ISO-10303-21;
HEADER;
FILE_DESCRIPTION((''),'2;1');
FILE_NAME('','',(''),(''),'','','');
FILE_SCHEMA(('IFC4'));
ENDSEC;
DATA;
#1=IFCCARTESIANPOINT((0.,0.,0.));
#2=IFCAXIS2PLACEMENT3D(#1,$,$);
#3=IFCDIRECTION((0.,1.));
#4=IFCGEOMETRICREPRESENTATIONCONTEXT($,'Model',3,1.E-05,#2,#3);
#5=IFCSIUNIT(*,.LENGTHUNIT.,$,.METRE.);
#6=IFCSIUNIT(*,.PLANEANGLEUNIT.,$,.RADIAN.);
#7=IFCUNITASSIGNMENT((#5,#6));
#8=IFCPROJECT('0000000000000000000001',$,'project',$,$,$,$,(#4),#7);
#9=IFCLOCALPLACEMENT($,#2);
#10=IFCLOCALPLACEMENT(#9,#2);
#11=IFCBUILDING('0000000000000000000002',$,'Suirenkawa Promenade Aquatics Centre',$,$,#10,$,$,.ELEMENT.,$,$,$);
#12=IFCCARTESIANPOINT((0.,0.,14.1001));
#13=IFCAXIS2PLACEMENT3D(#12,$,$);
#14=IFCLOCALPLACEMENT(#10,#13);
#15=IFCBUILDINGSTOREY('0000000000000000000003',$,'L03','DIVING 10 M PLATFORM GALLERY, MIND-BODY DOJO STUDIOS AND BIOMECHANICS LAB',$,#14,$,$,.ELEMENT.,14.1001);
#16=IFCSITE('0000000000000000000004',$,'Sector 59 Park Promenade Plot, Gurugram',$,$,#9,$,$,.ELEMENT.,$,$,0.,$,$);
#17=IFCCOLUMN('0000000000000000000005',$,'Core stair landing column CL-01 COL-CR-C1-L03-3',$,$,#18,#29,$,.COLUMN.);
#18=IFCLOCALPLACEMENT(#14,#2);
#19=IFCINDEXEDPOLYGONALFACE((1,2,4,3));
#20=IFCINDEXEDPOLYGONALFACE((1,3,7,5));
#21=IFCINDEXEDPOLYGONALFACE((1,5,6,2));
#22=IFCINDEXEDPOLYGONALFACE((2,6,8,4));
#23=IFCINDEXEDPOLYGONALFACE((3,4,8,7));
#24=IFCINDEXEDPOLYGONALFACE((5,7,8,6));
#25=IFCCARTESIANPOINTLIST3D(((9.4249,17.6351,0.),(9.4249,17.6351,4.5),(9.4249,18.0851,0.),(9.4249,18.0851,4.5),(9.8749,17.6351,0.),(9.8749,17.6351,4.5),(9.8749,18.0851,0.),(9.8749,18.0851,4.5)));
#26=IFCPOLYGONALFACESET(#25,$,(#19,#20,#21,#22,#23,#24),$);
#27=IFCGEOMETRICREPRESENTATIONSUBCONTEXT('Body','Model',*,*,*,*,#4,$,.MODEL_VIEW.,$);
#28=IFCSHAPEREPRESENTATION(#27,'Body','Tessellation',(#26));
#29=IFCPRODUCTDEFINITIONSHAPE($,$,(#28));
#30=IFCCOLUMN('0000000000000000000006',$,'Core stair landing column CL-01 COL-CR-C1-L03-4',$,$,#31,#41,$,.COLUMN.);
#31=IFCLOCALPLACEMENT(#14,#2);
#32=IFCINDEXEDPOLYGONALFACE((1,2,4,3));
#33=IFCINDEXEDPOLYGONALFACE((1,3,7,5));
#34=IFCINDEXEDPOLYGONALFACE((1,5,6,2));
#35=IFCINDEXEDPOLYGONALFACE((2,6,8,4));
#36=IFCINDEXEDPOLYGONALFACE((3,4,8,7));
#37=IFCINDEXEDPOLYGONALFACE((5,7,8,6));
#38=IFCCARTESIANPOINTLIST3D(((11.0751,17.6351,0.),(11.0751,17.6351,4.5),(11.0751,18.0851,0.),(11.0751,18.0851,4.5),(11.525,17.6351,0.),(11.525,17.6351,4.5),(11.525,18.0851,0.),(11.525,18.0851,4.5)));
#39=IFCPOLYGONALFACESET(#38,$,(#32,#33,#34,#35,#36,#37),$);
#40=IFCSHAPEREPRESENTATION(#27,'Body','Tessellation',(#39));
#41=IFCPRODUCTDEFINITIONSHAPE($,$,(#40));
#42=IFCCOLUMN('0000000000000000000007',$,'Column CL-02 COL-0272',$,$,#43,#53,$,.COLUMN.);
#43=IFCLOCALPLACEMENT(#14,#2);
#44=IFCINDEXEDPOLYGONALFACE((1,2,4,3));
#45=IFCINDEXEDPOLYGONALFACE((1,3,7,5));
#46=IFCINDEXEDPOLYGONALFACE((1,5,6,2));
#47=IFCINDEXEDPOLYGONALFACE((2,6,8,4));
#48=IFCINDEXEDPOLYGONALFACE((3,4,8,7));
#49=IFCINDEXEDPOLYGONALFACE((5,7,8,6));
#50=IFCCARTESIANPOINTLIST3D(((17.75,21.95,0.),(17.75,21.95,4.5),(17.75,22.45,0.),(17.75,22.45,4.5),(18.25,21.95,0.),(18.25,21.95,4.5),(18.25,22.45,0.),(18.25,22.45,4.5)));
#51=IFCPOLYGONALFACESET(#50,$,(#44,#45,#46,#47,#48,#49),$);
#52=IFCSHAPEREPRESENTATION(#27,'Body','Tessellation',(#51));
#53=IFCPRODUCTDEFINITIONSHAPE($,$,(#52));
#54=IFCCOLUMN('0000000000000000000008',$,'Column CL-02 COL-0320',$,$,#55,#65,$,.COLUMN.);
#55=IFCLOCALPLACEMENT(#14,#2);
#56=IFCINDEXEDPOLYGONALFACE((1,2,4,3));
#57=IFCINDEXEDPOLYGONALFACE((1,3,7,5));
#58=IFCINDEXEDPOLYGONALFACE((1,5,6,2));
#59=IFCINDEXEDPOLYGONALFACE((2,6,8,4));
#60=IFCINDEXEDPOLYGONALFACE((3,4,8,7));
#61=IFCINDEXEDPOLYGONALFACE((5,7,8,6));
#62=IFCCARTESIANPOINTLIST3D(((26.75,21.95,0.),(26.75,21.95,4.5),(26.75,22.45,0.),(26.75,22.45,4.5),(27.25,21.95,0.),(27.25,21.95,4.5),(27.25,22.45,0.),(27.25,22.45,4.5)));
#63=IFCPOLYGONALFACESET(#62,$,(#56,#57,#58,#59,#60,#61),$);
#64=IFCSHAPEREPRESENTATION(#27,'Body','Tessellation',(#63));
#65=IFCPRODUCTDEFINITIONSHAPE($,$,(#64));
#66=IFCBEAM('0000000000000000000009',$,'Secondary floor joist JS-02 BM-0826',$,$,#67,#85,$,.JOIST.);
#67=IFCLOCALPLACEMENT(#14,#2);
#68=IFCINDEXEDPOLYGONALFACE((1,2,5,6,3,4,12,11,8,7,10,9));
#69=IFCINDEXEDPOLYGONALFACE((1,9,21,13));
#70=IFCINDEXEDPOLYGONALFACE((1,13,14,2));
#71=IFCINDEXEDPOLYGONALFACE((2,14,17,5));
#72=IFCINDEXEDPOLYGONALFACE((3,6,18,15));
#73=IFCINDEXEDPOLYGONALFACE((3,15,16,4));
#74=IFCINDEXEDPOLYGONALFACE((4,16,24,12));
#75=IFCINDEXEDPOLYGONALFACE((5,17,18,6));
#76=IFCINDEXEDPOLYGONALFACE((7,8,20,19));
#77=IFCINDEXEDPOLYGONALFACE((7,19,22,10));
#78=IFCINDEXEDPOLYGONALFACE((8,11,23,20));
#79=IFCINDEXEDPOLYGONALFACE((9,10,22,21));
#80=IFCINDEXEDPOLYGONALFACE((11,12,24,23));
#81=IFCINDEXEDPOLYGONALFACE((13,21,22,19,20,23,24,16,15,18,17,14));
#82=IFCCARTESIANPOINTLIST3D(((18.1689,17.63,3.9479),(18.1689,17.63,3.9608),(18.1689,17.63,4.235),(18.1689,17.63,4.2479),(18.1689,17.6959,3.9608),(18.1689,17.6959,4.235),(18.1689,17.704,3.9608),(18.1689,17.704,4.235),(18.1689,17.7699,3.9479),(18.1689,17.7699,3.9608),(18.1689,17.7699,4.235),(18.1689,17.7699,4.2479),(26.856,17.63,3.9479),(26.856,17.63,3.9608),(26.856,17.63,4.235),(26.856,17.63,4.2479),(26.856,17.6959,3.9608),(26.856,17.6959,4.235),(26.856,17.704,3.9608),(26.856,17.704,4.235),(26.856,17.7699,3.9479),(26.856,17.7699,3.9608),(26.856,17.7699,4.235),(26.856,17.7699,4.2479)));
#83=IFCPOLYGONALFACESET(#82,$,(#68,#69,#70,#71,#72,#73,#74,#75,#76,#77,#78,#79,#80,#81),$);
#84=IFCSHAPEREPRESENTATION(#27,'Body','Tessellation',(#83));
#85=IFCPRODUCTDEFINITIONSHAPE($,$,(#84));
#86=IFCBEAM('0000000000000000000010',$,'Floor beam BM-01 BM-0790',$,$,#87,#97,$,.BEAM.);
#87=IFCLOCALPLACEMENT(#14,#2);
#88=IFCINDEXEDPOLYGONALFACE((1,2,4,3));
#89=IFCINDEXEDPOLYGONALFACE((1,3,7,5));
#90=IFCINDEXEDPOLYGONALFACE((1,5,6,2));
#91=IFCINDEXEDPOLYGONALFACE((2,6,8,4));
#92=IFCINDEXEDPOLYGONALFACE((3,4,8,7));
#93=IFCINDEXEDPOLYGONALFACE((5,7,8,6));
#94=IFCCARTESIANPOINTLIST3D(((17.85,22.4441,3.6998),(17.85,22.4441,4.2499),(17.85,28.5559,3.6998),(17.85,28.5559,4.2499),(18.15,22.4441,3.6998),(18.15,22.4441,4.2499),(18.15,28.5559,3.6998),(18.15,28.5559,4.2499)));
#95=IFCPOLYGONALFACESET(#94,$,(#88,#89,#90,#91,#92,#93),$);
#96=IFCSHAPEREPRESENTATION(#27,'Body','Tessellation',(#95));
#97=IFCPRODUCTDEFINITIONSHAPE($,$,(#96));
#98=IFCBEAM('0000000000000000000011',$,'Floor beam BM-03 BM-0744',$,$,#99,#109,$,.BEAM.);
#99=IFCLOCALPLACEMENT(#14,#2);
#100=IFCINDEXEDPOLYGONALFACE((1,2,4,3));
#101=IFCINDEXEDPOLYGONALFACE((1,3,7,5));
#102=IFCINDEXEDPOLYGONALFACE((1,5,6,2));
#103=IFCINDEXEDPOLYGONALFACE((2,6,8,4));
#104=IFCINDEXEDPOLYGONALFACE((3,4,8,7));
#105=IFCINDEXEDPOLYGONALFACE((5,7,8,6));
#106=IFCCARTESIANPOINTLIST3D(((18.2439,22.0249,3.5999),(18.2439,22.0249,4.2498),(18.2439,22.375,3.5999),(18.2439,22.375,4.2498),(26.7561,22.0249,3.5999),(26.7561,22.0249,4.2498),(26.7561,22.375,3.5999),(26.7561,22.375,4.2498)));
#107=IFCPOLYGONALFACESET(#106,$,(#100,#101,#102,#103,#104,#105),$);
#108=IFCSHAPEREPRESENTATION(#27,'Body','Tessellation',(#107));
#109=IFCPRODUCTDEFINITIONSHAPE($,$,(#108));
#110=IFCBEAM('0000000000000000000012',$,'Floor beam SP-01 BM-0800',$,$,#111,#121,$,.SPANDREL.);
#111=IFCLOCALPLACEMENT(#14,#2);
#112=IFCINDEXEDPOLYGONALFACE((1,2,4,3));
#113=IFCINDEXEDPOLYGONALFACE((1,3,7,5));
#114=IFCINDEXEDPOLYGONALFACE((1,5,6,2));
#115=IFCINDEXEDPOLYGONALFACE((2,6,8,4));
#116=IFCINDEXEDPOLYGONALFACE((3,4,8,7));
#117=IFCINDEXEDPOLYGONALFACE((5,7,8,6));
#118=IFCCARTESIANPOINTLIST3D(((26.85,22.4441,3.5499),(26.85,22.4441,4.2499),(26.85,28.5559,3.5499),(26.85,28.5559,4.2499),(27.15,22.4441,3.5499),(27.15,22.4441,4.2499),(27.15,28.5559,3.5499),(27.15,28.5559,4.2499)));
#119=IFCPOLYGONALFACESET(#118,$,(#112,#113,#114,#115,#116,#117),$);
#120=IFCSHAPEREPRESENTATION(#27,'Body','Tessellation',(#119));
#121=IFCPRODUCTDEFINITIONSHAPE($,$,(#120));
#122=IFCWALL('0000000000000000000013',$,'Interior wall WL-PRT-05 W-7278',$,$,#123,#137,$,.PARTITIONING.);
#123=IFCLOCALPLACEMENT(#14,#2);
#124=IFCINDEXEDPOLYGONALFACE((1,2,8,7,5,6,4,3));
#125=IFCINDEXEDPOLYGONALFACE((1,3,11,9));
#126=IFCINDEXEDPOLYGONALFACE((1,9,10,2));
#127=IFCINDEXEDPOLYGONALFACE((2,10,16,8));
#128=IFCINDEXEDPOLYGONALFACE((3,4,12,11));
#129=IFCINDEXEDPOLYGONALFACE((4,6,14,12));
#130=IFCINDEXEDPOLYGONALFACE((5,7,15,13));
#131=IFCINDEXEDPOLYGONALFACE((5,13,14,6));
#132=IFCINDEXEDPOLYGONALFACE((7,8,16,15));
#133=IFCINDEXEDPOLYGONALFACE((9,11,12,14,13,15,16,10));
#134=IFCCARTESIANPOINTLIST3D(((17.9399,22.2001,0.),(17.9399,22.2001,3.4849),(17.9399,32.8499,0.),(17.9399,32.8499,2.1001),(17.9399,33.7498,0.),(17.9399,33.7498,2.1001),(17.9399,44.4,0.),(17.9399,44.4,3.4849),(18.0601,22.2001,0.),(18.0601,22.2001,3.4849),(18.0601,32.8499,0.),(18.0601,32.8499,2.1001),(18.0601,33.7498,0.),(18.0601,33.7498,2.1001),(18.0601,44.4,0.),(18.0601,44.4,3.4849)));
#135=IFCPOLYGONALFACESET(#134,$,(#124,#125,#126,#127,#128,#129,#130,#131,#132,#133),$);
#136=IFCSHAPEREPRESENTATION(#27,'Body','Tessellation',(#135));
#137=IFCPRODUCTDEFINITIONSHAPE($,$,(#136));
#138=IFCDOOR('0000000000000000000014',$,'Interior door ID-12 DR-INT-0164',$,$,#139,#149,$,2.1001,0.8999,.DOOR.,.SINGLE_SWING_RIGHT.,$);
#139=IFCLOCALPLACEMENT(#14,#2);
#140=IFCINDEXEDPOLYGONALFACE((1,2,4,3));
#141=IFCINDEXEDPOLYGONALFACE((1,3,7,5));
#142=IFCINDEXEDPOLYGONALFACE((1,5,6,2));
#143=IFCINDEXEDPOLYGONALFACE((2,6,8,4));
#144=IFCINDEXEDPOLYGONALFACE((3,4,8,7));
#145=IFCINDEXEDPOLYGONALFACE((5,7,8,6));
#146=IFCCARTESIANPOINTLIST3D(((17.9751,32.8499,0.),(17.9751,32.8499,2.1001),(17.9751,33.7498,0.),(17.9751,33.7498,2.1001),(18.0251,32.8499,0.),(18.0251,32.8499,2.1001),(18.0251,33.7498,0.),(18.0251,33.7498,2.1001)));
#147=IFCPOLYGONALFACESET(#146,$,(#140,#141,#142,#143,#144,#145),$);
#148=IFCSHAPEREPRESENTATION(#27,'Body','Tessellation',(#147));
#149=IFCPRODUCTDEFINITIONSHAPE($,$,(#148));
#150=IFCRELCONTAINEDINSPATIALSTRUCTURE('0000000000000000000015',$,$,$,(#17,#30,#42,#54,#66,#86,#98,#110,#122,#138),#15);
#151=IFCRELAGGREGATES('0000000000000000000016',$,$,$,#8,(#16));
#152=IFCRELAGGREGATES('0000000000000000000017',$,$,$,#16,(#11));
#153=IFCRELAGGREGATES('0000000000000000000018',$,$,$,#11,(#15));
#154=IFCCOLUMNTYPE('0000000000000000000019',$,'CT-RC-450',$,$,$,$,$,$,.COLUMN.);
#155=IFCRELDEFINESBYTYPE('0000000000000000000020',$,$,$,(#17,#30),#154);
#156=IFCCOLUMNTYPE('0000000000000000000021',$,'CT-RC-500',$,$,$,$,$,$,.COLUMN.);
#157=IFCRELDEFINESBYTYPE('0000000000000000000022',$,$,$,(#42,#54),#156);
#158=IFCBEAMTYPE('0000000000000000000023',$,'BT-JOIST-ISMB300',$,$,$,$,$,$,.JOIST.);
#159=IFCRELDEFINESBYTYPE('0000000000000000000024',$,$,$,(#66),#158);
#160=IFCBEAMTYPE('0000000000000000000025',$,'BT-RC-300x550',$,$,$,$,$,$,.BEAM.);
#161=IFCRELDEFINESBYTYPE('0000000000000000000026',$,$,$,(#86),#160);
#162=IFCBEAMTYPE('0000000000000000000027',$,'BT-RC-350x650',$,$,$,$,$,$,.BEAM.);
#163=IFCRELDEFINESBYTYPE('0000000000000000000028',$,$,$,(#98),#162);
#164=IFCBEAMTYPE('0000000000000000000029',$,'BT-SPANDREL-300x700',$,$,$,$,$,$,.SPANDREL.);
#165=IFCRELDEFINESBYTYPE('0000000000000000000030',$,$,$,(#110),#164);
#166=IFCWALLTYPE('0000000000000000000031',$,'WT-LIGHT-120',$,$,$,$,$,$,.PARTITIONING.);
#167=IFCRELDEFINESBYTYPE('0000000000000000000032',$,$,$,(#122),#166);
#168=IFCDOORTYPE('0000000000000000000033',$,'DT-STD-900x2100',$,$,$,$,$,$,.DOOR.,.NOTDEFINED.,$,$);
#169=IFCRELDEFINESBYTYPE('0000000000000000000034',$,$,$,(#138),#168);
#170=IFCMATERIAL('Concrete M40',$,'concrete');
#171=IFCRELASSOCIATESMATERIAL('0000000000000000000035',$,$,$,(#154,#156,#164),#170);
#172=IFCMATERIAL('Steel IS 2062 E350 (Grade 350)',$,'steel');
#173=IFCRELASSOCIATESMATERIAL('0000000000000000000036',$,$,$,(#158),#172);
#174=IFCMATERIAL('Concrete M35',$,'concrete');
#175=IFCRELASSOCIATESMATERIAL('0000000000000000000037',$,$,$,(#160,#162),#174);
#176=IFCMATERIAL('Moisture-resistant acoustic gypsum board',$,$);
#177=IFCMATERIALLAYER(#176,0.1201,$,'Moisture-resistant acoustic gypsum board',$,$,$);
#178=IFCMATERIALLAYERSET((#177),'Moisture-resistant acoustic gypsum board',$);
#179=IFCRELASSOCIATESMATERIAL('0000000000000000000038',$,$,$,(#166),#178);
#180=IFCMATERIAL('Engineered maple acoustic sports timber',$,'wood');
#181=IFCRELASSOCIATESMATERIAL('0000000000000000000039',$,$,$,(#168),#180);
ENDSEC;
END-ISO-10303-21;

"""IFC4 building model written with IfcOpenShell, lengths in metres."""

from ifc_helpers import new_model, si_unit, direction, frame, frame_2d, origin, origin_2d, place, context, subcontext, project, spatial, rectangle, i_section, extrude, material, layer, layer_set, material_profile, profile_set, type_object, element, fill, save


model = new_model("IFC4")

# Units and contexts
model_context = context("Model", 3, precision=1e-05, world=origin(), true_north=direction((0.0, 1.0)))
body_context = subcontext(model_context, "Body", "Model", "MODEL_VIEW")
ifc_project = project(units=[si_unit("LENGTHUNIT", "METRE"), si_unit("PLANEANGLEUNIT", "RADIAN")], contexts=[model_context])

# Site, building, storey
site_placement = place(None, origin())
site = spatial("IfcSite", under=ifc_project, at=site_placement, Name="Sector 59 Park Promenade Plot, Gurugram", CompositionType="ELEMENT", RefElevation=0.0)
building_placement = place(site_placement, origin())
building = spatial("IfcBuilding", under=site, at=building_placement, Name="Suirenkawa Promenade Aquatics Centre", CompositionType="ELEMENT")
storey_placement = place(building_placement, frame((0.0, 0.0, 14.1001)))
storey = spatial("IfcBuildingStorey", under=building, at=storey_placement, Name="L03", Description="DIVING 10 M PLATFORM GALLERY, MIND-BODY DOJO STUDIOS AND BIOMECHANICS LAB", CompositionType="ELEMENT", Elevation=14.1001)

# Columns
ifc_material_1 = material(Name="Concrete M40", Category="concrete")
ifc_material_profile_1 = material_profile(ifc_material_1, rectangle(XDim=0.45, YDim=0.45, at=origin_2d()), Name="RC COL 450x450", Category="concrete")
ifc_profile_set_1 = profile_set([ifc_material_profile_1], Name="Concrete M40")
column_type_1 = type_object("IfcColumnType", Name="CT-RC-450", PredefinedType="COLUMN", material=ifc_profile_set_1)
for number, where, z_axis, x_axis, name in (
    (1, (9.6499, 17.8601, 0.0), (0.0, 0.0, 1.0), (1.0, 0.0, 0.0), "Core stair landing column CL-01 COL-CR-C1-L03-3"),
    (2, (11.3, 17.8601, 0.0), (0.0, 0.0, 1.0), (1.0, 0.0, 0.0), "Core stair landing column CL-01 COL-CR-C1-L03-4"),
):
    element("IfcColumn", number, at=place(storey_placement, frame(where, z_axis=z_axis, x_axis=x_axis)), inside=storey, type_object=column_type_1, Name=name, PredefinedType="COLUMN", context=body_context, shape_type="SweptSolid", body=[
        extrude(rectangle(XDim=0.45, YDim=0.45, at=origin_2d()), origin(), (0.0, 0.0, 1.0), 4.5),
    ])
ifc_material_profile_2 = material_profile(ifc_material_1, rectangle(XDim=0.5, YDim=0.5, at=origin_2d()), Name="RC COL 500x500", Category="concrete")
ifc_profile_set_2 = profile_set([ifc_material_profile_2], Name="Concrete M40")
column_type_2 = type_object("IfcColumnType", Name="CT-RC-500", PredefinedType="COLUMN", material=ifc_profile_set_2)
for number, where, z_axis, x_axis, name in (
    (3, (18.0, 22.2, 0.0), (0.0, 0.0, 1.0), (1.0, 0.0, 0.0), "Column CL-02 COL-0272"),
    (4, (27.0, 22.2, 0.0), (0.0, 0.0, 1.0), (1.0, 0.0, 0.0), "Column CL-02 COL-0320"),
):
    element("IfcColumn", number, at=place(storey_placement, frame(where, z_axis=z_axis, x_axis=x_axis)), inside=storey, type_object=column_type_2, Name=name, PredefinedType="COLUMN", context=body_context, shape_type="SweptSolid", body=[
        extrude(rectangle(XDim=0.5, YDim=0.5, at=origin_2d()), origin(), (0.0, 0.0, 1.0), 4.5),
    ])

# Beams
ifc_material_2 = material(Name="Steel IS 2062 E350 (Grade 350)", Category="steel")
ifc_material_profile_3 = material_profile(ifc_material_2, i_section(OverallWidth=0.1399, OverallDepth=0.3, WebThickness=0.0081, FlangeThickness=0.0129, at=origin_2d()), Name="ISMB 300", Category="steel")
ifc_profile_set_3 = profile_set([ifc_material_profile_3], Name="Steel IS 2062 E350 (Grade 350)")
beam_type_1 = type_object("IfcBeamType", Name="BT-JOIST-ISMB300", PredefinedType="JOIST", material=ifc_profile_set_3)
beam_1_placement = place(storey_placement, frame((18.1689, 17.7, 4.0979), z_axis=(1.0, 0.0, 0.0), x_axis=(0.0, 1.0, 0.0)))
element("IfcBeam", 5, at=beam_1_placement, inside=storey, type_object=beam_type_1, Name="Secondary floor joist JS-02 BM-0826", PredefinedType="JOIST", context=body_context, shape_type="SweptSolid", body=[
    extrude(i_section(OverallWidth=0.1399, OverallDepth=0.3, WebThickness=0.0081, FlangeThickness=0.0129, at=origin_2d()), origin(), (0.0, 0.0, 1.0), 8.687),
])
ifc_material_3 = material(Name="Concrete M35", Category="concrete")
ifc_material_profile_4 = material_profile(ifc_material_3, rectangle(XDim=0.3, YDim=0.55, at=origin_2d()), Name="RC BM 300x550", Category="concrete")
ifc_profile_set_4 = profile_set([ifc_material_profile_4], Name="Concrete M35")
beam_type_2 = type_object("IfcBeamType", Name="BT-RC-300x550", PredefinedType="BEAM", material=ifc_profile_set_4)
beam_2_placement = place(storey_placement, frame((18.0, 22.4441, 3.9749), z_axis=(0.0, 1.0, 0.0), x_axis=(-1.0, 0.0, 0.0)))
element("IfcBeam", 6, at=beam_2_placement, inside=storey, type_object=beam_type_2, Name="Floor beam BM-01 BM-0790", PredefinedType="BEAM", context=body_context, shape_type="SweptSolid", body=[
    extrude(rectangle(XDim=0.3, YDim=0.55, at=origin_2d()), origin(), (0.0, 0.0, 1.0), 6.1118),
])
ifc_material_profile_5 = material_profile(ifc_material_3, rectangle(XDim=0.3501, YDim=0.6499, at=origin_2d()), Name="RC BM 350x650", Category="concrete")
ifc_profile_set_5 = profile_set([ifc_material_profile_5], Name="Concrete M35")
beam_type_3 = type_object("IfcBeamType", Name="BT-RC-350x650", PredefinedType="BEAM", material=ifc_profile_set_5)
beam_3_placement = place(storey_placement, frame((18.2439, 22.2, 3.9248), z_axis=(1.0, 0.0, 0.0), x_axis=(0.0, 1.0, 0.0)))
element("IfcBeam", 7, at=beam_3_placement, inside=storey, type_object=beam_type_3, Name="Floor beam BM-03 BM-0744", PredefinedType="BEAM", context=body_context, shape_type="SweptSolid", body=[
    extrude(rectangle(XDim=0.3501, YDim=0.6499, at=origin_2d()), origin(), (0.0, 0.0, 1.0), 8.5122),
])
ifc_material_profile_6 = material_profile(ifc_material_1, rectangle(XDim=0.3, YDim=0.7, at=origin_2d()), Name="RC SPANDREL 300x700", Category="concrete")
ifc_profile_set_6 = profile_set([ifc_material_profile_6], Name="Concrete M40")
beam_type_4 = type_object("IfcBeamType", Name="BT-SPANDREL-300x700", PredefinedType="SPANDREL", material=ifc_profile_set_6)
beam_4_placement = place(storey_placement, frame((27.0, 22.4441, 3.8999), z_axis=(0.0, 1.0, 0.0), x_axis=(-1.0, 0.0, 0.0)))
element("IfcBeam", 8, at=beam_4_placement, inside=storey, type_object=beam_type_4, Name="Floor beam SP-01 BM-0800", PredefinedType="SPANDREL", context=body_context, shape_type="SweptSolid", body=[
    extrude(rectangle(XDim=0.3, YDim=0.7, at=origin_2d()), origin(), (0.0, 0.0, 1.0), 6.1118),
])

# Wall, opening, door
ifc_material_4 = material(Name="Moisture-resistant acoustic gypsum board")
ifc_layer_1 = layer(ifc_material_4, 0.1201, Name="Moisture-resistant acoustic gypsum board")
ifc_layer_set_1 = layer_set([ifc_layer_1], Name="Moisture-resistant acoustic gypsum board")
wall_type_1 = type_object("IfcWallType", Name="WT-LIGHT-120", PredefinedType="PARTITIONING", material=ifc_layer_set_1)
wall_1_placement = place(storey_placement, frame((18.0, 22.2, 0.0), z_axis=(0.0, 0.0, 1.0), x_axis=(0.0, 1.0, 0.0)))
wall_1 = element("IfcWall", 9, at=wall_1_placement, inside=storey, type_object=wall_type_1, Name="Interior wall WL-PRT-05 W-7278", PredefinedType="PARTITIONING", context=body_context, shape_type="SweptSolid", body=[
    extrude(rectangle(XDim=22.2, YDim=0.1201, at=frame_2d((11.1001, 0.0))), origin(), (0.0, 0.0, 1.0), 3.4849),
])
opening_1_placement = place(wall_1_placement, frame((10.6499, 0.0, 0.0)))
opening_1 = element("IfcOpeningElement", 10, at=opening_1_placement, cuts=wall_1, PredefinedType="OPENING", context=body_context, shape_type="SweptSolid", body=[
    extrude(rectangle(XDim=0.8999, YDim=2.1001, at=frame_2d((0.45, 1.05))), frame((0.0, 0.0701, 0.0), z_axis=(0.0, -1.0, 0.0), x_axis=(1.0, 0.0, 0.0)), (0.0, 0.0, 1.0), 0.1401),
])
ifc_material_5 = material(Name="Engineered maple acoustic sports timber", Category="wood")
door_type_1 = type_object("IfcDoorType", Name="DT-STD-900x2100", OperationType="NOTDEFINED", PredefinedType="DOOR", material=ifc_material_5)
door_1_placement = place(opening_1_placement, origin())
door_1 = element("IfcDoor", 11, at=door_1_placement, inside=storey, type_object=door_type_1, Name="Interior door ID-12 DR-INT-0164", OperationType="SINGLE_SWING_RIGHT", OverallHeight=2.1001, OverallWidth=0.8999, PredefinedType="DOOR", context=body_context, shape_type="SweptSolid", body=[
    extrude(rectangle(XDim=0.8999, YDim=2.1001, at=frame_2d((0.45, 1.05))), frame((0.0, 0.0249, 0.0), z_axis=(0.0, -1.0, 0.0), x_axis=(1.0, 0.0, 0.0)), (0.0, 0.0, 1.0), 0.05),
])
fill(opening_1, door_1)

save(model, "model.ifc")
